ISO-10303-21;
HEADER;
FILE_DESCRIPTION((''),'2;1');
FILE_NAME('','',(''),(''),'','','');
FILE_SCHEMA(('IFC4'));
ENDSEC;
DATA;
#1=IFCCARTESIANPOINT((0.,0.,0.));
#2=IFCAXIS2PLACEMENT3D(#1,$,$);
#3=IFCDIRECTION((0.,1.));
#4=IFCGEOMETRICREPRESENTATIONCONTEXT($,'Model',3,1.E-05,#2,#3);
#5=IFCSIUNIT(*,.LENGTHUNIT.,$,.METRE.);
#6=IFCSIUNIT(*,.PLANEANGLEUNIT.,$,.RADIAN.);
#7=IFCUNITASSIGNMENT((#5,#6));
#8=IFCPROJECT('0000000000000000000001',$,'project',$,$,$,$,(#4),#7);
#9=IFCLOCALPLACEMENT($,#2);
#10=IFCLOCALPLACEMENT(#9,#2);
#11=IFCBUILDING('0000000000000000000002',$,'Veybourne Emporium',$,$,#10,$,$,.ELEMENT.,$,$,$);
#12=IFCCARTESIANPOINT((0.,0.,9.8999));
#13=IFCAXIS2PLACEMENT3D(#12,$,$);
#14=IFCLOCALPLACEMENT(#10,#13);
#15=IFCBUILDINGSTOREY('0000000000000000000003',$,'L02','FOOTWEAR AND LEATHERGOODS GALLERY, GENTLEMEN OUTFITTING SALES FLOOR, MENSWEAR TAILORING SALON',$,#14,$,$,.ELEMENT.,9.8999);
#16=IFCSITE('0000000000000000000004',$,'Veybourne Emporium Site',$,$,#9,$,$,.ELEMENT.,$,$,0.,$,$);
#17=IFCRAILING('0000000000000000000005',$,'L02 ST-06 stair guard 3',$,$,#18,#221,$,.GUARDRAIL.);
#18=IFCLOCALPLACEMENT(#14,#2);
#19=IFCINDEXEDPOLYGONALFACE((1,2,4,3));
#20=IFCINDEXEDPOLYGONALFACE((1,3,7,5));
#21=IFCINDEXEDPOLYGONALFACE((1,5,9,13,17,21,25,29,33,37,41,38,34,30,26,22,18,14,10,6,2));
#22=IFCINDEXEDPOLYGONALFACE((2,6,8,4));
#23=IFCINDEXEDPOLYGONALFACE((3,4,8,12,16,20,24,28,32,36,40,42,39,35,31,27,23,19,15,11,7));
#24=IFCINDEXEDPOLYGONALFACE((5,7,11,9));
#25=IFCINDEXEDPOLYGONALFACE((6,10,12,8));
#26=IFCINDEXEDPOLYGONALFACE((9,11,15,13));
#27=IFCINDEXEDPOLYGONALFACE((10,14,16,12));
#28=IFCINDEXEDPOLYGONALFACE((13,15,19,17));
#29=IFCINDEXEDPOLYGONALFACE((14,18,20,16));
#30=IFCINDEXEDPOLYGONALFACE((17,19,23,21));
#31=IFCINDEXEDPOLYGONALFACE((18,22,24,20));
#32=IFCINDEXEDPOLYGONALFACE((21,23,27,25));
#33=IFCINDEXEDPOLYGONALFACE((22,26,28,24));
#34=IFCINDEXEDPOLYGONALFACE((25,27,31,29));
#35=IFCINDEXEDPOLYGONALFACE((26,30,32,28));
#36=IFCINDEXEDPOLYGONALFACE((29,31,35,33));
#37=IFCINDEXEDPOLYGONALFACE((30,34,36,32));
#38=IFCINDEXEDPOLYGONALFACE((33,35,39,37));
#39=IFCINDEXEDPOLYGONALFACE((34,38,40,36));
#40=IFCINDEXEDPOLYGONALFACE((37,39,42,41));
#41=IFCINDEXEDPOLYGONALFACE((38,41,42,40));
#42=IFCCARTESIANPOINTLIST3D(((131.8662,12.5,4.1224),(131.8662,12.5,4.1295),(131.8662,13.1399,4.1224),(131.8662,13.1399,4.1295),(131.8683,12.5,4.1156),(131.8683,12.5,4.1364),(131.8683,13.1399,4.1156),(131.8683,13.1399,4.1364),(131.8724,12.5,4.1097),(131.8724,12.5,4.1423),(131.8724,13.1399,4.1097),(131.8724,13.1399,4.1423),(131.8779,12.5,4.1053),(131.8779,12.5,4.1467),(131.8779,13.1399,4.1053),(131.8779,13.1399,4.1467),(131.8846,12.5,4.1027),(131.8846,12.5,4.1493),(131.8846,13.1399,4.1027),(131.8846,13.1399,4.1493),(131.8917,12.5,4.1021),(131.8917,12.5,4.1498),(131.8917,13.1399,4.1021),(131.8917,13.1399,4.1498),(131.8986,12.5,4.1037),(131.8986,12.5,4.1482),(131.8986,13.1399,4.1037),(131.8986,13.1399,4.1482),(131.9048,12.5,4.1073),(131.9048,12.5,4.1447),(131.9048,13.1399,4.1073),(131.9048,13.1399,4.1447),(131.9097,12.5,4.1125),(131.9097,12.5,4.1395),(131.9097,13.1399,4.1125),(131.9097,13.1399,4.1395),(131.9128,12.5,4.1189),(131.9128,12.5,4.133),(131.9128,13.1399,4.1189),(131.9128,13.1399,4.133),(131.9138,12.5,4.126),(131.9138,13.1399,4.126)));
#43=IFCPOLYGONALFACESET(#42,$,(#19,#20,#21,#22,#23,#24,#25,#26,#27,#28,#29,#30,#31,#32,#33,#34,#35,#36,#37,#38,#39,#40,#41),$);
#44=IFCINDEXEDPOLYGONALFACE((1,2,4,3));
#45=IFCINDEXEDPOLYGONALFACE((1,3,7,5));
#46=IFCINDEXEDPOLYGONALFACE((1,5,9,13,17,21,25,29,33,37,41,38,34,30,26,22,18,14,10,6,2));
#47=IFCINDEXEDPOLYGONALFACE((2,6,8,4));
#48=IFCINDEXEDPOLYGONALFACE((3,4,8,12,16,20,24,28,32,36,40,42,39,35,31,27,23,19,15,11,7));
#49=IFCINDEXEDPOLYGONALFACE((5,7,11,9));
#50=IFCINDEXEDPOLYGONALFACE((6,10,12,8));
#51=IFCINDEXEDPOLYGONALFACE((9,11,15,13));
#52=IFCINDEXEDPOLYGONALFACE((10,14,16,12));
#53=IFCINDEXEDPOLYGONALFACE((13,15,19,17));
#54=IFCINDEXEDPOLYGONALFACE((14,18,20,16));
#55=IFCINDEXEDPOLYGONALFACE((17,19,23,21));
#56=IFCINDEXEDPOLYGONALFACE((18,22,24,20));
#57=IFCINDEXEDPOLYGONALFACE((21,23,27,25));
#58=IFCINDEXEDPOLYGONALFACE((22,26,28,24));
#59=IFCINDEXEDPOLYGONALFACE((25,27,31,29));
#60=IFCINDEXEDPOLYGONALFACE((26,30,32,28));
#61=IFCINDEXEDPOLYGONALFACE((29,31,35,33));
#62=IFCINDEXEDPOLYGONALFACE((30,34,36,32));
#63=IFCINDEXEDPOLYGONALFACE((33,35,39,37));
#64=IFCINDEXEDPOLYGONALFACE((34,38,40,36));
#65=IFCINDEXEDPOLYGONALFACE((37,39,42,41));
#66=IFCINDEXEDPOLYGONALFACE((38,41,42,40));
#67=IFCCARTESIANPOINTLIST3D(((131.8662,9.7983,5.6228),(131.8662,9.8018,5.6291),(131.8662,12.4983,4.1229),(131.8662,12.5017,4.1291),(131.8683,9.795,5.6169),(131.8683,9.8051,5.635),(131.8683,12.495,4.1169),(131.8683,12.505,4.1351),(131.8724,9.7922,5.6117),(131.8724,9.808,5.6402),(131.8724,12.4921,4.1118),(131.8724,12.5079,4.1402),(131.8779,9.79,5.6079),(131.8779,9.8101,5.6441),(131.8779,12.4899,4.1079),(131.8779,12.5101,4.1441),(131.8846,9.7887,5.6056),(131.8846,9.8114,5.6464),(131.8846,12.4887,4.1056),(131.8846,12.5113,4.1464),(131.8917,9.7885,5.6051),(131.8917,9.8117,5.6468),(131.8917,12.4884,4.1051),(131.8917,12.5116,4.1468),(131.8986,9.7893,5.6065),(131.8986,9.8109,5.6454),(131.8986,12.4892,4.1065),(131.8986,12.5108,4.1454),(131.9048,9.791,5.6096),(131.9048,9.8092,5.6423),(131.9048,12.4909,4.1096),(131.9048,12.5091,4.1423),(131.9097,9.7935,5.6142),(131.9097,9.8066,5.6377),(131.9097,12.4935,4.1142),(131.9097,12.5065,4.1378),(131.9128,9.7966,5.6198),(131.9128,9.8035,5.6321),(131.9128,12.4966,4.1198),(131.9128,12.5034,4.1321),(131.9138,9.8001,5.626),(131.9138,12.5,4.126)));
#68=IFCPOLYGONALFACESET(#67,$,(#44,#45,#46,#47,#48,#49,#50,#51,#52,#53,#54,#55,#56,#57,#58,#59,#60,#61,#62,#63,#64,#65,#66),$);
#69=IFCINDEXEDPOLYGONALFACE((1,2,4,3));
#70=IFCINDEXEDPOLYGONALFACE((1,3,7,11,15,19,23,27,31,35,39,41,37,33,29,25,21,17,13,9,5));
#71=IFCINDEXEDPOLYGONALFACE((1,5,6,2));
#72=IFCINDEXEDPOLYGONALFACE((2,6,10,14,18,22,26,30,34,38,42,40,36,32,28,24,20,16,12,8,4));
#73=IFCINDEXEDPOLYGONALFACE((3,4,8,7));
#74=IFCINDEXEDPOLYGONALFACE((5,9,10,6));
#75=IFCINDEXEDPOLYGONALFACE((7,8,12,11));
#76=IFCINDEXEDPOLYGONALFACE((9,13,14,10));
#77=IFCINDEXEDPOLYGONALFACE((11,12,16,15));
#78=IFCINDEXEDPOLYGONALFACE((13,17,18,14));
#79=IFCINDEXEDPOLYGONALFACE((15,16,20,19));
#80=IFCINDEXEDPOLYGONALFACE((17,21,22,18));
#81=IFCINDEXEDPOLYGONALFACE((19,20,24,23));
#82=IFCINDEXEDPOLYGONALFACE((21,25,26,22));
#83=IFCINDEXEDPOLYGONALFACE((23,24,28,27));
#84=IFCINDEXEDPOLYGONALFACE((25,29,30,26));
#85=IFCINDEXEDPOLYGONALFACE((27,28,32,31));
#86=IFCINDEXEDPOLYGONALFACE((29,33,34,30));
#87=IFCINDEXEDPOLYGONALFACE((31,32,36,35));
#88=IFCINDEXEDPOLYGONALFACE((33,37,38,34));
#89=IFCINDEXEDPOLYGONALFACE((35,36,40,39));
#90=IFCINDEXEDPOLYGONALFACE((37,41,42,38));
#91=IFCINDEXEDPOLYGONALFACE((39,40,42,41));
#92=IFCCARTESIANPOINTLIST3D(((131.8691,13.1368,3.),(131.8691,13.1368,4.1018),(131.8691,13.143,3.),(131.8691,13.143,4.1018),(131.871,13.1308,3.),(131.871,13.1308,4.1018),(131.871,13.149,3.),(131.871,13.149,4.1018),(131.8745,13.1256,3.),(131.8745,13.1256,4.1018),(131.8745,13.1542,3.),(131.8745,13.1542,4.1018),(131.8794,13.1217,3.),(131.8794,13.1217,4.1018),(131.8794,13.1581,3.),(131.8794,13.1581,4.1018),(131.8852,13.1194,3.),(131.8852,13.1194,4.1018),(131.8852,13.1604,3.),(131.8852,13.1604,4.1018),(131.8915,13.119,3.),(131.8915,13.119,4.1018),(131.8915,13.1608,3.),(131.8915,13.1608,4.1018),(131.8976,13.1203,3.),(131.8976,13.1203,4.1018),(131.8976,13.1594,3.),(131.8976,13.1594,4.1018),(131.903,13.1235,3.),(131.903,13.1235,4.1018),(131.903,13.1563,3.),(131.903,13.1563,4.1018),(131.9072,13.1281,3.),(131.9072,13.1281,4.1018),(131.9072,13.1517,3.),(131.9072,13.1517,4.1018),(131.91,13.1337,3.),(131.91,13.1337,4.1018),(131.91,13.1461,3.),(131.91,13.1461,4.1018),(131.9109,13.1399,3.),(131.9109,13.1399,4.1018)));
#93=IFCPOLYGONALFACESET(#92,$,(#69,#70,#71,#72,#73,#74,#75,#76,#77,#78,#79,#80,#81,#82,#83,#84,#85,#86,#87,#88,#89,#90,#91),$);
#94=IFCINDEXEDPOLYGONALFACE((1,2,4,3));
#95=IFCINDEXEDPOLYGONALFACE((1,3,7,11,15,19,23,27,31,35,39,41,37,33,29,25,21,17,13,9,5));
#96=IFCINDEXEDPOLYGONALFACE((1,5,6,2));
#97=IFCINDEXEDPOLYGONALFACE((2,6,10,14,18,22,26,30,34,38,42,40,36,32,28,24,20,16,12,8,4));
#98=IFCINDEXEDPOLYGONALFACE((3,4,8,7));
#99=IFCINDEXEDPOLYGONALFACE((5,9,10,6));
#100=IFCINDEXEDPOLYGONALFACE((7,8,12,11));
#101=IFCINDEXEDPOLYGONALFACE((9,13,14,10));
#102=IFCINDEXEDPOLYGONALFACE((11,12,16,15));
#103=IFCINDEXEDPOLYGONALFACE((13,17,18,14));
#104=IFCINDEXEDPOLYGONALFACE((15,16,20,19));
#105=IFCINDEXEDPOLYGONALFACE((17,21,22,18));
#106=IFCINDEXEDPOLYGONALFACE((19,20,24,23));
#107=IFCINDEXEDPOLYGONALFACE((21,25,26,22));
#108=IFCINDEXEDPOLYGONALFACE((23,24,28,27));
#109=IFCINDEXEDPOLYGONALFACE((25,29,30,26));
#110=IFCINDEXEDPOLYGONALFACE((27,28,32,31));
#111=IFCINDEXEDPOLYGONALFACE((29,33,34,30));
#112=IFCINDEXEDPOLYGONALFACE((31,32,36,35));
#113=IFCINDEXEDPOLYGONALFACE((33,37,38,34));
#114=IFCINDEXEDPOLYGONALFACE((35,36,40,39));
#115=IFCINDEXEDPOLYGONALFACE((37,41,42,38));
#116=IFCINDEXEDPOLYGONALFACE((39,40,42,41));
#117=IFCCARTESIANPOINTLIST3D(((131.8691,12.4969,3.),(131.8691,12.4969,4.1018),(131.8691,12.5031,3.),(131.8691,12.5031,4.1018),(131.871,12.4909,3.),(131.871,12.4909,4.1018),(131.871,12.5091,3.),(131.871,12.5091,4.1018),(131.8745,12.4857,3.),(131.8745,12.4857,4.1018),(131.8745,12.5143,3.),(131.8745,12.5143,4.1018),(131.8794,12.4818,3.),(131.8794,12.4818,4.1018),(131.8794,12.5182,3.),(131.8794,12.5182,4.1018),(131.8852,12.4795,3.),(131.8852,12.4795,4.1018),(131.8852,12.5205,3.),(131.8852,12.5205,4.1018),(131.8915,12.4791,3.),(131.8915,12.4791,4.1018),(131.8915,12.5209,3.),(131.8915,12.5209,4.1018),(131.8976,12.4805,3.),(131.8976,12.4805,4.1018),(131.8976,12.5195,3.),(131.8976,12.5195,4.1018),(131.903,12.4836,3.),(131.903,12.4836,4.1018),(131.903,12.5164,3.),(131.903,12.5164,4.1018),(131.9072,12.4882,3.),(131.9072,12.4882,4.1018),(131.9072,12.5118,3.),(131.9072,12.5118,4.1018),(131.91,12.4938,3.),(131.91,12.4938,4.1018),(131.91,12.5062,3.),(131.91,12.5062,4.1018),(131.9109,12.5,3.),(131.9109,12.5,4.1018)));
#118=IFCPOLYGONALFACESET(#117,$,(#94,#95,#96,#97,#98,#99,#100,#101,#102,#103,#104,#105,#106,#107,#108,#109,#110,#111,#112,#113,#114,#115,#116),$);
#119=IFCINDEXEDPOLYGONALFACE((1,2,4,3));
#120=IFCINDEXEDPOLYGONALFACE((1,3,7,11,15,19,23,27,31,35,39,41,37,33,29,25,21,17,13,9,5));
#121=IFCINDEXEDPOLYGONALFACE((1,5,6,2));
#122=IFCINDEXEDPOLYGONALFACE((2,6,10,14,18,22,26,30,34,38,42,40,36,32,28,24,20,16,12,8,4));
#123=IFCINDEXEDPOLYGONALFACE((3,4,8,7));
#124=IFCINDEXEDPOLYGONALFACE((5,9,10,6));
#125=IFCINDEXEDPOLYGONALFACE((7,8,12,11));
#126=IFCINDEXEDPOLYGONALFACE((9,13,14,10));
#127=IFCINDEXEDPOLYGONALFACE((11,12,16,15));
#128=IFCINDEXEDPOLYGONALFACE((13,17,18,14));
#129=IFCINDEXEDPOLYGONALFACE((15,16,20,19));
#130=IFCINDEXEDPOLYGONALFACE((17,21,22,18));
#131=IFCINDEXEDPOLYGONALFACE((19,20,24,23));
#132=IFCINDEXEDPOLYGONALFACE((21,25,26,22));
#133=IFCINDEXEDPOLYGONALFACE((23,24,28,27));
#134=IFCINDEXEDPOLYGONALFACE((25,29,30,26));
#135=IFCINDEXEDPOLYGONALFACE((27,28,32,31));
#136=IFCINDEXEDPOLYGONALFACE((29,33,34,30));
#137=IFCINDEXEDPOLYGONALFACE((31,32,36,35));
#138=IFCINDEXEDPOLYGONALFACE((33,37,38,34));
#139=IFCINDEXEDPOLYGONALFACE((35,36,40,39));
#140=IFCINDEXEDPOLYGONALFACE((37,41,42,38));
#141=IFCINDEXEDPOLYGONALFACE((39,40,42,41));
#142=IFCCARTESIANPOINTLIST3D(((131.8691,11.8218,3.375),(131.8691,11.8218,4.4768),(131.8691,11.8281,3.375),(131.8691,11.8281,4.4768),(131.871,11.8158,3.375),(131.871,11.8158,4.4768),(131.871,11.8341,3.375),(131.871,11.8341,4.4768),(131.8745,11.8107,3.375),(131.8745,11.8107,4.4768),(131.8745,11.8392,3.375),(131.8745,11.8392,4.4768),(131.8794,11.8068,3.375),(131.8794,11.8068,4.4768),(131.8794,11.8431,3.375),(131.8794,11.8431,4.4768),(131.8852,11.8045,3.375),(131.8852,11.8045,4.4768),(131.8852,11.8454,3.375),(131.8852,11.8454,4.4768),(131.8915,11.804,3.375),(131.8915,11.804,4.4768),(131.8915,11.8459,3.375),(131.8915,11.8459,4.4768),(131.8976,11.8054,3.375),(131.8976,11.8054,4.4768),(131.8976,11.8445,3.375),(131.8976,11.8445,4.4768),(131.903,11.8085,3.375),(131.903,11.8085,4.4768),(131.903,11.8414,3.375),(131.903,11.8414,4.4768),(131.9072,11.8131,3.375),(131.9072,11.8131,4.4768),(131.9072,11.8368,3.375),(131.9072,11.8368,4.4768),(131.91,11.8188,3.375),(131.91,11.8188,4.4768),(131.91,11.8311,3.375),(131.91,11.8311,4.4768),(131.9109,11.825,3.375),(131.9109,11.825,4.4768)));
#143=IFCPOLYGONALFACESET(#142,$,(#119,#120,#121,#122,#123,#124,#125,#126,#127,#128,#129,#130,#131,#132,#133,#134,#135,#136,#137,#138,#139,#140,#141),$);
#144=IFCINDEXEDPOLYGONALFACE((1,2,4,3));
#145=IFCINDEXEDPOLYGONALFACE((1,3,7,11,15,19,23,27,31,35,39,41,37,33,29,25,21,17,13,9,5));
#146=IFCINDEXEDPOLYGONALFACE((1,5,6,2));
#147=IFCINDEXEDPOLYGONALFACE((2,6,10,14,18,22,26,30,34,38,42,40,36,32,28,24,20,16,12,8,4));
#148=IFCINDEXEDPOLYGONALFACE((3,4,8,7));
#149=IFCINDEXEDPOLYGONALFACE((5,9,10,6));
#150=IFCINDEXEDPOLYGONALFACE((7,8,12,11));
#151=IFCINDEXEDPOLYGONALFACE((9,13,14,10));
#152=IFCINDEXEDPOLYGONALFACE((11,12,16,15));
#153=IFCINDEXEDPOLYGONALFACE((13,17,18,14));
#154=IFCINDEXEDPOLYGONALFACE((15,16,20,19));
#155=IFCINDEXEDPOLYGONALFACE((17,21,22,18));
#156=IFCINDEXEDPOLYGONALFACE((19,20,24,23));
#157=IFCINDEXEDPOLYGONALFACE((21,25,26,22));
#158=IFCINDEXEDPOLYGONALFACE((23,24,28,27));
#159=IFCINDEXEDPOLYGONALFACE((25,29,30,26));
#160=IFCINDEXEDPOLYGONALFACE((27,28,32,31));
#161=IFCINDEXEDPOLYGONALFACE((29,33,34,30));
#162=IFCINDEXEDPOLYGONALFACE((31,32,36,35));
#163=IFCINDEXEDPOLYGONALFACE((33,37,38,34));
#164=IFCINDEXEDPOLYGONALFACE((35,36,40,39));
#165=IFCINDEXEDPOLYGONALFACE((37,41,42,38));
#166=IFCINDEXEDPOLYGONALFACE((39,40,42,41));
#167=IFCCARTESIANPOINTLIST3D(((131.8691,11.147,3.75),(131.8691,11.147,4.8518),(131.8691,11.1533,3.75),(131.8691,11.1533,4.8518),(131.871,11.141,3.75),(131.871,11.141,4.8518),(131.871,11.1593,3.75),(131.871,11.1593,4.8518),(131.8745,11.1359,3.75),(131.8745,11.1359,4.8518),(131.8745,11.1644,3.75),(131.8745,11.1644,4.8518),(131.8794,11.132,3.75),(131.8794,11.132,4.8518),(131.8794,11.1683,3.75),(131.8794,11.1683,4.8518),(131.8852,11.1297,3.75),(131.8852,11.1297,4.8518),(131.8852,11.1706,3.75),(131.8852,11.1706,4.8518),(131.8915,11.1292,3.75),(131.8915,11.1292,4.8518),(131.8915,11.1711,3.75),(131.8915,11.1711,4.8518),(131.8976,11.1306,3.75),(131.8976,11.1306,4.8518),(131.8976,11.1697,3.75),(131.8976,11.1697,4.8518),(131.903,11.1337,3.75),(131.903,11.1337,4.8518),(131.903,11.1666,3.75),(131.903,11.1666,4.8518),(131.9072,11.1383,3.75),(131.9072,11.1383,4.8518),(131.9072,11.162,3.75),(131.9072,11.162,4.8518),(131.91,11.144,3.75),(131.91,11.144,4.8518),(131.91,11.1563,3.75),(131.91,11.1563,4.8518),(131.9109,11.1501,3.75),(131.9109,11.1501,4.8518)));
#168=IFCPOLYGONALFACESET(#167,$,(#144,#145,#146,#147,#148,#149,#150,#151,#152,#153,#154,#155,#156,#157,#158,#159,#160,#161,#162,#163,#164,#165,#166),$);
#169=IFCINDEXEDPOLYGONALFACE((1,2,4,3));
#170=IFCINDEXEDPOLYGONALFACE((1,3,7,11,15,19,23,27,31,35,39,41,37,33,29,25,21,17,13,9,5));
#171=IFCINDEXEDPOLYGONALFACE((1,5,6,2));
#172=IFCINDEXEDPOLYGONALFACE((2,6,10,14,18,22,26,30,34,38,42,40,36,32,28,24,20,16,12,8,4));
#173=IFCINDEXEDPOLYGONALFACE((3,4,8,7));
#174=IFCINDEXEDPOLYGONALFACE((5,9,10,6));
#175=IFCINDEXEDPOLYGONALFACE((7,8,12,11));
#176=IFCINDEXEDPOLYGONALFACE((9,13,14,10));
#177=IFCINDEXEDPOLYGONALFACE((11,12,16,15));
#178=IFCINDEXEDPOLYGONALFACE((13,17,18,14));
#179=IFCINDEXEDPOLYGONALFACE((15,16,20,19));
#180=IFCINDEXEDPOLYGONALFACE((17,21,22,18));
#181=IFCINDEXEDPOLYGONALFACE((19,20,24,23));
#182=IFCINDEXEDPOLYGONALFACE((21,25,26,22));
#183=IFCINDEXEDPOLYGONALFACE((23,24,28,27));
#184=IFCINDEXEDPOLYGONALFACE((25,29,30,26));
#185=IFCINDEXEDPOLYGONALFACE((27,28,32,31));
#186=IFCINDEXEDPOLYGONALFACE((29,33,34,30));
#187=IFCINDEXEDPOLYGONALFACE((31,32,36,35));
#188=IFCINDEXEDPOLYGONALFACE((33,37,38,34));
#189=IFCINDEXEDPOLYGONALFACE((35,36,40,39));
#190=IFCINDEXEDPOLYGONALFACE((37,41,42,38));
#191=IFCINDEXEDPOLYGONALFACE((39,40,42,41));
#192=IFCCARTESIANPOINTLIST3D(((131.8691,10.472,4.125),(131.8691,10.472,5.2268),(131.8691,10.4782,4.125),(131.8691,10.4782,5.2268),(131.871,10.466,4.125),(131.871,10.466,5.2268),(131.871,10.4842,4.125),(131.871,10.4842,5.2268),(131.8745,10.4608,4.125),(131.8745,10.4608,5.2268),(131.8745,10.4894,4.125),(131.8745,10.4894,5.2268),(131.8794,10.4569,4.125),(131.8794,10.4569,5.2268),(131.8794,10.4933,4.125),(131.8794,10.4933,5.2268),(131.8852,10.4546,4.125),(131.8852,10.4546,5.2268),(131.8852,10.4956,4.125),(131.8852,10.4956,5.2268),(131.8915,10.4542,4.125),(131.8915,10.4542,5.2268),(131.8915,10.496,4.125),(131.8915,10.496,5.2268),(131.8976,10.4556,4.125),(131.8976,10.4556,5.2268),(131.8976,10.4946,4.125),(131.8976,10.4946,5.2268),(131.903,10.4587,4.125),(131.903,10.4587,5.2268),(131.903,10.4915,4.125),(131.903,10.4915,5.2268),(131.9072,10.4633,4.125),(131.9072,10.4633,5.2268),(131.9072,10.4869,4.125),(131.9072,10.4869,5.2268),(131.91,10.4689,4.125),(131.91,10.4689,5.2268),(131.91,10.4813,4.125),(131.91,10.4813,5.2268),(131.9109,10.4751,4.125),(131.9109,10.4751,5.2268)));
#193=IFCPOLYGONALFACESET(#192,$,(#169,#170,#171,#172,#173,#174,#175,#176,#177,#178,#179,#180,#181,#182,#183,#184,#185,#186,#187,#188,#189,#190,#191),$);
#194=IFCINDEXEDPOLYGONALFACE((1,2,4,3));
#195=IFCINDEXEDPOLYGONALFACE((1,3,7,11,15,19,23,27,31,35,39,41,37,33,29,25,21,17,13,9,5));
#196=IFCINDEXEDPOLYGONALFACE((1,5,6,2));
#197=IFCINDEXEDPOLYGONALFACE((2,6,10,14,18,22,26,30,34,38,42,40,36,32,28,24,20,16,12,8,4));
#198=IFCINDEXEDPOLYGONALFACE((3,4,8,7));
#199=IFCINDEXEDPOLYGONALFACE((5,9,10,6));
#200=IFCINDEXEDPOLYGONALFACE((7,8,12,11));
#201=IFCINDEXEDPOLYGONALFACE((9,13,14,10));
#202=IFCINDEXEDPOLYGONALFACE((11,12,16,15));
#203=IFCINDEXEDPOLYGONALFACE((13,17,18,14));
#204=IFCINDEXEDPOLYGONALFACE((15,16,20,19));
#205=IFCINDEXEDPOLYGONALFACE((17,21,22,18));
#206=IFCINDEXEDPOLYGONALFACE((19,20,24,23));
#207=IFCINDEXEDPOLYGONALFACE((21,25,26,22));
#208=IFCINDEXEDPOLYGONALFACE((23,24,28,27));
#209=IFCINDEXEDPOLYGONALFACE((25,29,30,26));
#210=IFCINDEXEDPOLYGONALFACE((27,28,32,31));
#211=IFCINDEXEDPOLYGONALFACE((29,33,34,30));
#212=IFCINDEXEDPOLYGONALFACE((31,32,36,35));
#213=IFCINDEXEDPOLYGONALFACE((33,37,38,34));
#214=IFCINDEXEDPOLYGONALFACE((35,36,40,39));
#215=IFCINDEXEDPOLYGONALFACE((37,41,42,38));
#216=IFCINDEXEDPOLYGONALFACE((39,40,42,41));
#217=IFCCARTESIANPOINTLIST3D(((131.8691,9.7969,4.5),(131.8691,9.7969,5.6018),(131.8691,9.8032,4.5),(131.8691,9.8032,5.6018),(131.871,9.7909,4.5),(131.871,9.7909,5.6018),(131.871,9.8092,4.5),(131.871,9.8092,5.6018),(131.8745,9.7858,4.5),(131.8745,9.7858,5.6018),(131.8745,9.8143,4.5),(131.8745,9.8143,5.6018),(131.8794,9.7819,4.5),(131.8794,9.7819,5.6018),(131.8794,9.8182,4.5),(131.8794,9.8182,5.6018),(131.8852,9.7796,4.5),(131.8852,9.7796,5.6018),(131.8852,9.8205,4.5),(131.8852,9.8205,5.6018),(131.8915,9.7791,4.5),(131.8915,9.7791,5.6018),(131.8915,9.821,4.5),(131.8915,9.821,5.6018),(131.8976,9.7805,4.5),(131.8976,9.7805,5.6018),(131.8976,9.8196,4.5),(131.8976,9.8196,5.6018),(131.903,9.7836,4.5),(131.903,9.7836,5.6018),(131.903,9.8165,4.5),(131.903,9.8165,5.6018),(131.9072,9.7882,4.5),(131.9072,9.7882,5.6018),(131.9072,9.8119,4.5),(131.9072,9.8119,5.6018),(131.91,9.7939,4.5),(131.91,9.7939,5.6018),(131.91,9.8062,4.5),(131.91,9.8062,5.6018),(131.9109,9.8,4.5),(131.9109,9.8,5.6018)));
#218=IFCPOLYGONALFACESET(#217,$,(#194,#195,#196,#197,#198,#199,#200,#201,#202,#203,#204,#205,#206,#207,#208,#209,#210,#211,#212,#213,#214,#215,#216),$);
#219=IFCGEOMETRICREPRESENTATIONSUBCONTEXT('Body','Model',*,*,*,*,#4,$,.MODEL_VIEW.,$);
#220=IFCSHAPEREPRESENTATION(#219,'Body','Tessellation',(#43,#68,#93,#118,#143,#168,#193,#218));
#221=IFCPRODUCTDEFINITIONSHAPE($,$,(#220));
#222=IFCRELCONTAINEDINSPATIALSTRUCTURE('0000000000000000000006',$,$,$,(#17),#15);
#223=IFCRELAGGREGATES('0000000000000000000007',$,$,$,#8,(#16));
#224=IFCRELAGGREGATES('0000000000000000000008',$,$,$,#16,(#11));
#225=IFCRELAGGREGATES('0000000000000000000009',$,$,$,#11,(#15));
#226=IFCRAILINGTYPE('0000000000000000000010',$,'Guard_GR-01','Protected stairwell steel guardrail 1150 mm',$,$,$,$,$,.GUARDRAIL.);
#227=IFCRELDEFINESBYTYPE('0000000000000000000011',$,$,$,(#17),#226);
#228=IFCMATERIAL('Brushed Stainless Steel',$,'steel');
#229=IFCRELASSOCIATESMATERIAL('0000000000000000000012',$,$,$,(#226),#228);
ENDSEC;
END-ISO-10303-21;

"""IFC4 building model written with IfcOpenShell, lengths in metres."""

from ifc_helpers import new_model, si_unit, direction, frame, origin, origin_2d, place, context, subcontext, project, spatial, circle, extrude, material, type_object, element, save


model = new_model("IFC4")

# Units and contexts
model_context = context("Model", 3, precision=1e-05, world=origin(), true_north=direction((0.0, 1.0)))
body_context = subcontext(model_context, "Body", "Model", "MODEL_VIEW")
ifc_project = project(units=[si_unit("LENGTHUNIT", "METRE"), si_unit("PLANEANGLEUNIT", "RADIAN")], contexts=[model_context])

# Site, building, storey
site_placement = place(None, origin())
site = spatial("IfcSite", under=ifc_project, at=site_placement, Name="Veybourne Emporium Site", CompositionType="ELEMENT", RefElevation=0.0)
building_placement = place(site_placement, origin())
building = spatial("IfcBuilding", under=site, at=building_placement, Name="Veybourne Emporium", CompositionType="ELEMENT")
storey_placement = place(building_placement, frame((0.0, 0.0, 9.8999)))
storey = spatial("IfcBuildingStorey", under=building, at=storey_placement, Name="L02", Description="FOOTWEAR AND LEATHERGOODS GALLERY, GENTLEMEN OUTFITTING SALES FLOOR, MENSWEAR TAILORING SALON", CompositionType="ELEMENT", Elevation=9.8999)

# Railing
ifc_material_1 = material(Name="Brushed Stainless Steel", Category="steel")
railing_type_1 = type_object("IfcRailingType", Name="Guard_GR-01", Description="Protected stairwell steel guardrail 1150 mm", PredefinedType="GUARDRAIL", material=ifc_material_1)
railing_1_placement = place(storey_placement, frame((131.8899, 13.1399, 3.0)))
element("IfcRailing", 1, at=railing_1_placement, inside=storey, type_object=railing_type_1, Name="L02 ST-06 stair guard 3", PredefinedType="GUARDRAIL", context=body_context, shape_type="SweptSolid", body=[
    extrude(circle(Radius=0.0239, at=origin_2d()), frame((0.0, 0.0, 1.126), z_axis=(0.0, -1.0, 0.0), x_axis=(1.0, 0.0, 0.0)), (0.0, 0.0, 1.0), 0.6399),
    extrude(circle(Radius=0.0239, at=origin_2d()), frame((0.0, -0.6399, 1.126), z_axis=(0.0, -0.874154, 0.48565), x_axis=(1.0, 0.0, 0.0)), (0.0, 0.0, 1.0), 3.0886),
    extrude(circle(Radius=0.021, at=origin_2d()), origin(), (0.0, 0.0, 1.0), 1.1018),
    extrude(circle(Radius=0.021, at=origin_2d()), frame((0.0, -0.6399, 0.0)), (0.0, 0.0, 1.0), 1.1018),
    extrude(circle(Radius=0.021, at=origin_2d()), frame((0.0, -1.3149, 0.375)), (0.0, 0.0, 1.0), 1.1018),
    extrude(circle(Radius=0.021, at=origin_2d()), frame((0.0, -1.9897, 0.75)), (0.0, 0.0, 1.0), 1.1018),
    extrude(circle(Radius=0.021, at=origin_2d()), frame((0.0, -2.6648, 1.125)), (0.0, 0.0, 1.0), 1.1018),
    extrude(circle(Radius=0.021, at=origin_2d()), frame((0.0, -3.3398, 1.5)), (0.0, 0.0, 1.0), 1.1018),
])

save(model, "model.ifc")
